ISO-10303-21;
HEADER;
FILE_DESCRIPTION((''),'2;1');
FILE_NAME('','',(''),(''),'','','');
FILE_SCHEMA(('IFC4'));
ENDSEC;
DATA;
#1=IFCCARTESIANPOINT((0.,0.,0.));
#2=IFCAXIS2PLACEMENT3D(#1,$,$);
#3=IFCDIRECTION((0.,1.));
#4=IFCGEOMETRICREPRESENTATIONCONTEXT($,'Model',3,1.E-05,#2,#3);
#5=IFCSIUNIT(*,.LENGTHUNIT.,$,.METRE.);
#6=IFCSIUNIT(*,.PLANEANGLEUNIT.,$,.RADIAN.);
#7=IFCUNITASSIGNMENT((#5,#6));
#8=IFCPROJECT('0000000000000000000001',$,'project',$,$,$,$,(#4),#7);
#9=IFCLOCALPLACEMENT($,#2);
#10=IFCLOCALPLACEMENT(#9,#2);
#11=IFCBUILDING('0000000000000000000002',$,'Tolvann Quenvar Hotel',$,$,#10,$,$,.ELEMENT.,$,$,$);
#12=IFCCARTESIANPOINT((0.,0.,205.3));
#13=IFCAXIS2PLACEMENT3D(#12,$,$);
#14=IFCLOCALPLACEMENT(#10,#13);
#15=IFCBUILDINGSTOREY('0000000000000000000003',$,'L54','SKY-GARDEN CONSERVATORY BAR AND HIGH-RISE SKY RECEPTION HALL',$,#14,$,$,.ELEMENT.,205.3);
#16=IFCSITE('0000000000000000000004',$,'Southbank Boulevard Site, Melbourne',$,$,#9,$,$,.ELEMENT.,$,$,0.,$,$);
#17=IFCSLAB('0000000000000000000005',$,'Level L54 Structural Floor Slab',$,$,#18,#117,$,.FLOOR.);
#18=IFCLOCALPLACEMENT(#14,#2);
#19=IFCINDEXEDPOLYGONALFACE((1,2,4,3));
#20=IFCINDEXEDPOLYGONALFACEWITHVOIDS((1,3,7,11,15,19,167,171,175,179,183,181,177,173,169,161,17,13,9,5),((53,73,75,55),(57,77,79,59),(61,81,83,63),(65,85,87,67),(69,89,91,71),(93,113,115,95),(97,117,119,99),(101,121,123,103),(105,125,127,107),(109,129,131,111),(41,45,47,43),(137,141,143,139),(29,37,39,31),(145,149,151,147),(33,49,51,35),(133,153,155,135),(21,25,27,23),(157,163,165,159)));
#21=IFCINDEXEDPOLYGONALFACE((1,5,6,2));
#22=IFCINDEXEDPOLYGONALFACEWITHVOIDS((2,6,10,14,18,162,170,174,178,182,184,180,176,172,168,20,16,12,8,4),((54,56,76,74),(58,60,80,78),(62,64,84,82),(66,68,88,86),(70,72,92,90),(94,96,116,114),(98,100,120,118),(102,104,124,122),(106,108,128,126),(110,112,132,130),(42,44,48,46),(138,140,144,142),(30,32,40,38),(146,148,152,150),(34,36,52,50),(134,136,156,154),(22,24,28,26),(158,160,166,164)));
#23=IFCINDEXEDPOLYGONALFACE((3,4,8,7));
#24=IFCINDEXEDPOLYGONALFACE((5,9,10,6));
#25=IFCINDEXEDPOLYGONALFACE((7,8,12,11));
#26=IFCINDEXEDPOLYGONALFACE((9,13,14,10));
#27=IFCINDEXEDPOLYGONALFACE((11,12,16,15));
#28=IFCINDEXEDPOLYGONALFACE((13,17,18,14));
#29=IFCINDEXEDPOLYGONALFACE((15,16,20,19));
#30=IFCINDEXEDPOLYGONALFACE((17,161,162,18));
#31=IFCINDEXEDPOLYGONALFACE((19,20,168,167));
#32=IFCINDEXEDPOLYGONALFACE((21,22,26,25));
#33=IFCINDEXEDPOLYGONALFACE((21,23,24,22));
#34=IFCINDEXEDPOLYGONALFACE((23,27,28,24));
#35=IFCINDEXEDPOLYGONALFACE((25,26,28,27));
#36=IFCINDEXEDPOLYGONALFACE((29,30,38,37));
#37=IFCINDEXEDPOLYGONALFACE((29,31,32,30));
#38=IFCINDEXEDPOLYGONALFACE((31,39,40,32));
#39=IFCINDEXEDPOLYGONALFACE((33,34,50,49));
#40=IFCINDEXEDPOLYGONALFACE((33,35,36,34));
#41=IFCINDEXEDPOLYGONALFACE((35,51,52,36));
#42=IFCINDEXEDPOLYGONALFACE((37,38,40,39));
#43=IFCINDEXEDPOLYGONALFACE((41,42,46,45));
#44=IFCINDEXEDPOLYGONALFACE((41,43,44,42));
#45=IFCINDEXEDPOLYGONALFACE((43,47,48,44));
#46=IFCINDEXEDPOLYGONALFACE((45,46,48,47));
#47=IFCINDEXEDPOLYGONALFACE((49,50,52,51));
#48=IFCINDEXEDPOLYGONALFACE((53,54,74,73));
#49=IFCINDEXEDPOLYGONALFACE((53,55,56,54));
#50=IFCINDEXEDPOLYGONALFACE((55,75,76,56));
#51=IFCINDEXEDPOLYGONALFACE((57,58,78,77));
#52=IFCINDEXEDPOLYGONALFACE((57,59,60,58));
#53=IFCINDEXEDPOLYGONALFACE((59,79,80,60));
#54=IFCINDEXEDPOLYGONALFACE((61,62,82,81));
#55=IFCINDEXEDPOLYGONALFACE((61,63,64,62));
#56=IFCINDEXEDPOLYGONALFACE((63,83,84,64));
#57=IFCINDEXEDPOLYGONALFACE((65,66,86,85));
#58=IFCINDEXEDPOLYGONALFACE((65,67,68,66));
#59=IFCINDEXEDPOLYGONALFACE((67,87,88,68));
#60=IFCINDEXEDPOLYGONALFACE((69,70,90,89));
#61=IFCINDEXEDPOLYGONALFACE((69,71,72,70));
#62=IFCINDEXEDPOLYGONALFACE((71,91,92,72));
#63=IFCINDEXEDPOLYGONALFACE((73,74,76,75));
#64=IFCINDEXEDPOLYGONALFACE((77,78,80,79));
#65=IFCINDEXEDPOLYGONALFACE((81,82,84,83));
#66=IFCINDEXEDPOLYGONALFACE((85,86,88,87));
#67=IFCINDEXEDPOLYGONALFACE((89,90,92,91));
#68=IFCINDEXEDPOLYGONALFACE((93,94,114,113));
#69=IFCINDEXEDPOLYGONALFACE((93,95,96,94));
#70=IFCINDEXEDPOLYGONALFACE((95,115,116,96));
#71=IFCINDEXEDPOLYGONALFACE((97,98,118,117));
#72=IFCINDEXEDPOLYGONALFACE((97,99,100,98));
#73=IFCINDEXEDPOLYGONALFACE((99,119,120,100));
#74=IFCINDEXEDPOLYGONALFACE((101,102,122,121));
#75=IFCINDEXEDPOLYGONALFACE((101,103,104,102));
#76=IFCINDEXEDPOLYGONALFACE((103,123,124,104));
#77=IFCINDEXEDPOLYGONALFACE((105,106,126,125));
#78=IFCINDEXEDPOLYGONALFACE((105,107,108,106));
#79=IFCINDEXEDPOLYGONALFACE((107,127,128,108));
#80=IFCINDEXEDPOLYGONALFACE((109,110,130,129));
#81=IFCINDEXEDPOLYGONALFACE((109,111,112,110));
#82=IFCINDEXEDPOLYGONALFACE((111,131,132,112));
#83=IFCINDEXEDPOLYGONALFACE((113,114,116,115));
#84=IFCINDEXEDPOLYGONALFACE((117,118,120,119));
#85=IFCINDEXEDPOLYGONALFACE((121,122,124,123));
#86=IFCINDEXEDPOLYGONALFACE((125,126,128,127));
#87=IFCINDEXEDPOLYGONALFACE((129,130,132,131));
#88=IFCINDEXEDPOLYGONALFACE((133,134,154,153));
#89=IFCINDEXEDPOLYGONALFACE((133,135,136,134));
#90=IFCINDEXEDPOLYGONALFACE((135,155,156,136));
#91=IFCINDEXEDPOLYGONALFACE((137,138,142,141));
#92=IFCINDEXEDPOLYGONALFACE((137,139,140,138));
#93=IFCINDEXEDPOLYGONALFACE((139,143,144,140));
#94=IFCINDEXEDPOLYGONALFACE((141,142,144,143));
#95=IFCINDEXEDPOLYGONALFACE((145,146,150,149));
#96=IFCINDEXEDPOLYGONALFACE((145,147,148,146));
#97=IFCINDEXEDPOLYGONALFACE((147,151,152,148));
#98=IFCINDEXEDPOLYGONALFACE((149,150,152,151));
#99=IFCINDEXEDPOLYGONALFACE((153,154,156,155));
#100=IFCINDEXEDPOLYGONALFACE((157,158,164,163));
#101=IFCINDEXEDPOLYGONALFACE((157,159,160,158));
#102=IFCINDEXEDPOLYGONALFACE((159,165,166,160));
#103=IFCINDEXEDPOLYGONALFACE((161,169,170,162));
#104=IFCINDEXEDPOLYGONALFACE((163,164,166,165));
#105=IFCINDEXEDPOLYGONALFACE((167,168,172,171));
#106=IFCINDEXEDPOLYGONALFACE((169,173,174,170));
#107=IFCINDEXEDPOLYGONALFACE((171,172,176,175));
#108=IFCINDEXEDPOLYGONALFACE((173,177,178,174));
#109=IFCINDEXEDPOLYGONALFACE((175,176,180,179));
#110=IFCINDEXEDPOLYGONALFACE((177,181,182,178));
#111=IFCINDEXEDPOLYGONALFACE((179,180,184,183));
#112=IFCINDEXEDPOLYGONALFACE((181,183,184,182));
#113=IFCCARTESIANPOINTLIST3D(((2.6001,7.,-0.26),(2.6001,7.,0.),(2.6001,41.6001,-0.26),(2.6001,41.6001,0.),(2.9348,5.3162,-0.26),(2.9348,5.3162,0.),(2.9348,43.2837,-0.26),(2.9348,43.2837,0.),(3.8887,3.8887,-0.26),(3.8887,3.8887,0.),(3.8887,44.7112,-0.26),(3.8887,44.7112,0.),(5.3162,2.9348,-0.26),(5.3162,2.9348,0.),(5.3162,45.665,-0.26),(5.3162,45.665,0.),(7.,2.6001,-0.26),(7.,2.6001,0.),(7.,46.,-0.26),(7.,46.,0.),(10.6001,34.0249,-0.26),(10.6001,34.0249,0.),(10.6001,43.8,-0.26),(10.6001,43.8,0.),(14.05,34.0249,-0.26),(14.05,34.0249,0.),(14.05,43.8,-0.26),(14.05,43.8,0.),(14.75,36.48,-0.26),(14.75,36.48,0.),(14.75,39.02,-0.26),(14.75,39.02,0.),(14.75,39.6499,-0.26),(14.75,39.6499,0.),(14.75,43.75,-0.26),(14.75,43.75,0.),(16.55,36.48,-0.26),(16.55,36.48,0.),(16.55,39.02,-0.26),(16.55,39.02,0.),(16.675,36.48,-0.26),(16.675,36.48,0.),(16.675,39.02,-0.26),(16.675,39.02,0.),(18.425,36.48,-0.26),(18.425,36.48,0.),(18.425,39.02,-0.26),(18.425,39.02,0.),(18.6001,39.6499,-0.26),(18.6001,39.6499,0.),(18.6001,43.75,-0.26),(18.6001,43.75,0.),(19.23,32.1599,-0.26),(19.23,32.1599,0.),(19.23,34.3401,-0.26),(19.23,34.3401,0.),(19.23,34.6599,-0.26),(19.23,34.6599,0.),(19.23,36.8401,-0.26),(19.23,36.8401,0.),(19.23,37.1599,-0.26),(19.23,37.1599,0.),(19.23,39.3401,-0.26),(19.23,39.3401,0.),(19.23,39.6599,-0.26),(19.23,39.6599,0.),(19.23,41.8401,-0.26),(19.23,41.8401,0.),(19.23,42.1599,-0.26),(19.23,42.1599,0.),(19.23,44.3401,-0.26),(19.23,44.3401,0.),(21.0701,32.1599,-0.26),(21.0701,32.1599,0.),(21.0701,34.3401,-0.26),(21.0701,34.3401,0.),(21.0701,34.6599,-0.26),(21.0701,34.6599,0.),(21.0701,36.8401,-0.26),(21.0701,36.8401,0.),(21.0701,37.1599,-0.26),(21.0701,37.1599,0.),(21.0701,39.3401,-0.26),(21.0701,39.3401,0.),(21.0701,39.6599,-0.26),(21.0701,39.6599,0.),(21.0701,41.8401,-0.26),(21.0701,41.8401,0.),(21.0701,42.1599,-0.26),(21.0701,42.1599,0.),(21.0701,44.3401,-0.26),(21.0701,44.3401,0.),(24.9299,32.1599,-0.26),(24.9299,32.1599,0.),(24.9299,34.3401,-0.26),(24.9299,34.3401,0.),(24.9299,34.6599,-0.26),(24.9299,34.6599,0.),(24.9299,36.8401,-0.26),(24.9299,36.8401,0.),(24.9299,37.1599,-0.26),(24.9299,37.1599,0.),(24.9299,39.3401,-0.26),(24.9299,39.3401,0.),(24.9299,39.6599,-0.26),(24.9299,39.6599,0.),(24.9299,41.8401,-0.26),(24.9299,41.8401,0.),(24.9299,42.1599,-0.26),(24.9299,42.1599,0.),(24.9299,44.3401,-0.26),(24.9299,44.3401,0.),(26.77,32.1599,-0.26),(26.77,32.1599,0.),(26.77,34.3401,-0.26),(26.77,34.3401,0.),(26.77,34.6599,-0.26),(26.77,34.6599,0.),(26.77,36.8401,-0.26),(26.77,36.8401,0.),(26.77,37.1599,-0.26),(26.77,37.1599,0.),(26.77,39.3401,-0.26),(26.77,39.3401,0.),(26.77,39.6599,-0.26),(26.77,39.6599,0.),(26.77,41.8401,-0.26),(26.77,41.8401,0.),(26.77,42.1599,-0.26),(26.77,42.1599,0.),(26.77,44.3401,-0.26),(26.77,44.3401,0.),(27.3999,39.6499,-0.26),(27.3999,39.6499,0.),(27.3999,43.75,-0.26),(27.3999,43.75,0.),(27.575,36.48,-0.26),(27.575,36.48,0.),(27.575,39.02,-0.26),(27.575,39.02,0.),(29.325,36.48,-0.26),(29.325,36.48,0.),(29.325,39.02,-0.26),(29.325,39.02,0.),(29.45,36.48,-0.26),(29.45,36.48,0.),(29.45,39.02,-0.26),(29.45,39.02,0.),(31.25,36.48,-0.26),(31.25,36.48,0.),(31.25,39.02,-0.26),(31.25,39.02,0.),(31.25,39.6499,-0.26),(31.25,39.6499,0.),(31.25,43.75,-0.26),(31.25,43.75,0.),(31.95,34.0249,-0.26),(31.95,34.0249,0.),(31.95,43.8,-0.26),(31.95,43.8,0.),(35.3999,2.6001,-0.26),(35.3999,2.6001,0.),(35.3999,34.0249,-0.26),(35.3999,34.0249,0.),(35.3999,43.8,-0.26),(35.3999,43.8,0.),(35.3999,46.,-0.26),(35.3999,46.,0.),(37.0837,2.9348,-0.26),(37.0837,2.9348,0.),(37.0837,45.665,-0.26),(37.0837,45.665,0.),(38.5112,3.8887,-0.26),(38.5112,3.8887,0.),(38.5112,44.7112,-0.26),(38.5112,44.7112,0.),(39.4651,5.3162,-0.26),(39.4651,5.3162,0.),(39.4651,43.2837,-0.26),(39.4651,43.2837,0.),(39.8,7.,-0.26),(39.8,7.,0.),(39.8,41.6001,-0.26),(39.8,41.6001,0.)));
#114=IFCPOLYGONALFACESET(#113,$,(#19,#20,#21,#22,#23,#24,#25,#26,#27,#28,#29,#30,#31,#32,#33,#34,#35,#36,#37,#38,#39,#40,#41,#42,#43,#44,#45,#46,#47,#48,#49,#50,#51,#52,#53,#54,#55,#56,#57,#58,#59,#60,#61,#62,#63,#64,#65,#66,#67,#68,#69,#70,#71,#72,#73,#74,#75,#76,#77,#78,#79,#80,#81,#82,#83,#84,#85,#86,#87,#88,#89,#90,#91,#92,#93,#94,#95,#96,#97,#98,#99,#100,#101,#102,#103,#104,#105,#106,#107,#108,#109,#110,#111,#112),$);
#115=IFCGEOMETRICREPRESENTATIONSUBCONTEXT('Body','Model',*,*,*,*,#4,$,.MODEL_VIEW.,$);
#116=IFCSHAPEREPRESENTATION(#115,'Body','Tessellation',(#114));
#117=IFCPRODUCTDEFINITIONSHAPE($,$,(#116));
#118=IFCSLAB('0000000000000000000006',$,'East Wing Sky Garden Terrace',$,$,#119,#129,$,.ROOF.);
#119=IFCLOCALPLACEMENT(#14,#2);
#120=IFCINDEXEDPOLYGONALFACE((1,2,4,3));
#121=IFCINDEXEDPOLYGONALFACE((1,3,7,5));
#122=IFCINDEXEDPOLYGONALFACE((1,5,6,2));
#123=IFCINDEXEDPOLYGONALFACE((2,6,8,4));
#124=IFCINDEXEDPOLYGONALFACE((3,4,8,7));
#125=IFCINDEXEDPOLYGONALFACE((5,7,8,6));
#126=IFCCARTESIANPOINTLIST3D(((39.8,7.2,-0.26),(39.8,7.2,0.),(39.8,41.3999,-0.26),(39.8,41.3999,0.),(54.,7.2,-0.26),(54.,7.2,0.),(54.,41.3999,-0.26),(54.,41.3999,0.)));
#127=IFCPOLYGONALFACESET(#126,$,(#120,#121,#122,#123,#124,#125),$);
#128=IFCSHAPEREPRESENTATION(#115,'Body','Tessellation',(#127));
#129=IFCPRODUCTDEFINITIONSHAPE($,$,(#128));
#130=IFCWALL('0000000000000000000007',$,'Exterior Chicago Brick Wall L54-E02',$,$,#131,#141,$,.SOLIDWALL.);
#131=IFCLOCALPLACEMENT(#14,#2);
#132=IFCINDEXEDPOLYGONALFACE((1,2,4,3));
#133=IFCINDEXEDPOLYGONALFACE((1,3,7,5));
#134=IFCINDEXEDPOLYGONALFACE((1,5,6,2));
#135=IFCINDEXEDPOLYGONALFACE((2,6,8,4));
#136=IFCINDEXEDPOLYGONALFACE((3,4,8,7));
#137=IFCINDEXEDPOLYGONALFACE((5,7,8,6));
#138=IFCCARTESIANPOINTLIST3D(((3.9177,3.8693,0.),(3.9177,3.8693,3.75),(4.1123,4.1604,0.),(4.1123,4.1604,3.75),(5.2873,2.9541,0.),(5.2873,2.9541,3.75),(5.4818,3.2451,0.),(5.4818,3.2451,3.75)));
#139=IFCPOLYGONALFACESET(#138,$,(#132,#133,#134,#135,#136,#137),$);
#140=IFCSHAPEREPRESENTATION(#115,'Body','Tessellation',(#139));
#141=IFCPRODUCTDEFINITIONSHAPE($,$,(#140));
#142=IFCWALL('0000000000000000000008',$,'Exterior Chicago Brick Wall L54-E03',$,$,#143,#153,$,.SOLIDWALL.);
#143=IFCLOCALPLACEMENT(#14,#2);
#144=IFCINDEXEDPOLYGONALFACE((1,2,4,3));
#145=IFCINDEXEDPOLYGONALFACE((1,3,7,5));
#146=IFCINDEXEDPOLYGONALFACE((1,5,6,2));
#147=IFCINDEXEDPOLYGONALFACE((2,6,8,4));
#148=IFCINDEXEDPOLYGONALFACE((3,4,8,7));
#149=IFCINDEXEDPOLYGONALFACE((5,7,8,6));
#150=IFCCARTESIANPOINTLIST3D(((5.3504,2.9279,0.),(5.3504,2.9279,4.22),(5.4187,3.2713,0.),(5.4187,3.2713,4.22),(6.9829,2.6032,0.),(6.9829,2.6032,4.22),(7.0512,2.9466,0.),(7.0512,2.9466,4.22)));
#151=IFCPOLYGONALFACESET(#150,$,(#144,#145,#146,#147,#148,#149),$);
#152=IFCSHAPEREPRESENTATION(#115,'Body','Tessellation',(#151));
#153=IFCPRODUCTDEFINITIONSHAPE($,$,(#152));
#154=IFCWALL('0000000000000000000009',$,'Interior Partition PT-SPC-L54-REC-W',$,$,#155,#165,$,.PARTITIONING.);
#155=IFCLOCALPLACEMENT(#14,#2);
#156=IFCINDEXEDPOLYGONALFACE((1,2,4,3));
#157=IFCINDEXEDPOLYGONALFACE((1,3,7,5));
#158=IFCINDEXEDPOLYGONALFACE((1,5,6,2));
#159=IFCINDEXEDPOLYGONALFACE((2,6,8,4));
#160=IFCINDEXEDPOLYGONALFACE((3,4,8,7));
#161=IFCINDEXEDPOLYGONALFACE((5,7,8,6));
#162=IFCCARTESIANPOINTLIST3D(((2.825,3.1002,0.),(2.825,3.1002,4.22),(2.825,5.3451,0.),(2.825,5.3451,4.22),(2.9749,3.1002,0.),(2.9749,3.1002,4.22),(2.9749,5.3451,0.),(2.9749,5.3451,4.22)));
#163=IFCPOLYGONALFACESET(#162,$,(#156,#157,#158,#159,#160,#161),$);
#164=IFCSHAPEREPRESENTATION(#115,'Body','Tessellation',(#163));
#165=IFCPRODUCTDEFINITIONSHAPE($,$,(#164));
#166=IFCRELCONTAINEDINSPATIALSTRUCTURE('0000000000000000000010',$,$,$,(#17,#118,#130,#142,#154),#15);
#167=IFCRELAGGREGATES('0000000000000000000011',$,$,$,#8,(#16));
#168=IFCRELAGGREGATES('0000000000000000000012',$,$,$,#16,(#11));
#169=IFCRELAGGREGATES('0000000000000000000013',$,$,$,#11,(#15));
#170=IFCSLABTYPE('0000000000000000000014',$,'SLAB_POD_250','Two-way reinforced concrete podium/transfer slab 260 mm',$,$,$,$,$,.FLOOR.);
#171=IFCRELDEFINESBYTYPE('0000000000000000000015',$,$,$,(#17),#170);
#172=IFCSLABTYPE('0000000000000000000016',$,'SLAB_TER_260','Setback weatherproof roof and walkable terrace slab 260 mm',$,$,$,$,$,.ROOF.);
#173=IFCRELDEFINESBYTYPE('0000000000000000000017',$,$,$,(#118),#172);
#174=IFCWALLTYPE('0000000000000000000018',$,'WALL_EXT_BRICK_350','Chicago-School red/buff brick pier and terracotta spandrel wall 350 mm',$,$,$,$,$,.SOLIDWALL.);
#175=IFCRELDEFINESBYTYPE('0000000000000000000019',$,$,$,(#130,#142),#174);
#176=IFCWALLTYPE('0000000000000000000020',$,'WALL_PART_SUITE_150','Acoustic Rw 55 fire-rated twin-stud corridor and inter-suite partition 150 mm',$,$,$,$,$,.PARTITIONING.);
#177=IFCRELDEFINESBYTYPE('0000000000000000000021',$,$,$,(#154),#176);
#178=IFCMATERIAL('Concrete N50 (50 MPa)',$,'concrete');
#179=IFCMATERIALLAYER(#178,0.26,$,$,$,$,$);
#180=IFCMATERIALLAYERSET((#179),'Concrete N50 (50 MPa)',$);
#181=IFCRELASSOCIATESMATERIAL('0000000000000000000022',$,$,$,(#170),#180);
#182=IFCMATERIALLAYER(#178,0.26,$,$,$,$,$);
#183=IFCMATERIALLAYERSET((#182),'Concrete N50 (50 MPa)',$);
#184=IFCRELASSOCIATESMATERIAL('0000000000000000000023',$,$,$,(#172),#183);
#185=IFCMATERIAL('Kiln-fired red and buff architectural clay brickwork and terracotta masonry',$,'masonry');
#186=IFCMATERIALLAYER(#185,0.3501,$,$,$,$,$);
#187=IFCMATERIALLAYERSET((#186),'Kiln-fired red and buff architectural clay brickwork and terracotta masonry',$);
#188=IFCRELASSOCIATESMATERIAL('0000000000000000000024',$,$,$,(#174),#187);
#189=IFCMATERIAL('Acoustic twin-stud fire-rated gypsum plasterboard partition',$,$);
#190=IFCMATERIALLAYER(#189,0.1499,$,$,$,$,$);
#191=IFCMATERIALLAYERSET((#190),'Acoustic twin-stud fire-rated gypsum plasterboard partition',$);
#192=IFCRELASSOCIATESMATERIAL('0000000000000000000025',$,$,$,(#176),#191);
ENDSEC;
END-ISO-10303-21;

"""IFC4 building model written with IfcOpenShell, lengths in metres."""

from ifc_helpers import new_model, si_unit, direction, frame, frame_2d, origin, place, context, subcontext, project, spatial, polyline, rectangle, outline, extrude, material, layer, layer_set, type_object, element, save


model = new_model("IFC4")

# Units and contexts
model_context = context("Model", 3, precision=1e-05, world=origin(), true_north=direction((0.0, 1.0)))
body_context = subcontext(model_context, "Body", "Model", "MODEL_VIEW")
ifc_project = project(units=[si_unit("LENGTHUNIT", "METRE"), si_unit("PLANEANGLEUNIT", "RADIAN")], contexts=[model_context])

# Site, building, storey
site_placement = place(None, origin())
site = spatial("IfcSite", under=ifc_project, at=site_placement, Name="Southbank Boulevard Site, Melbourne", CompositionType="ELEMENT", RefElevation=0.0)
building_placement = place(site_placement, origin())
building = spatial("IfcBuilding", under=site, at=building_placement, Name="Tolvann Quenvar Hotel", CompositionType="ELEMENT")
storey_placement = place(building_placement, frame((0.0, 0.0, 205.3)))
storey = spatial("IfcBuildingStorey", under=building, at=storey_placement, Name="L54", Description="SKY-GARDEN CONSERVATORY BAR AND HIGH-RISE SKY RECEPTION HALL", CompositionType="ELEMENT", Elevation=205.3)

# Shared definitions
ifc_material_1 = material(Name="Concrete N50 (50 MPa)", Category="concrete")

# Slabs
ifc_layer_1 = layer(ifc_material_1, 0.26)
ifc_layer_set_1 = layer_set([ifc_layer_1], Name="Concrete N50 (50 MPa)")
slab_type_1 = type_object("IfcSlabType", Name="SLAB_POD_250", Description="Two-way reinforced concrete podium/transfer slab 260 mm", PredefinedType="FLOOR", material=ifc_layer_set_1)
slab_1_placement = place(storey_placement, frame((0.0, 0.0, -0.26)))
element("IfcSlab", 1, at=slab_1_placement, inside=storey, type_object=slab_type_1, Name="Level L54 Structural Floor Slab", PredefinedType="FLOOR", context=body_context, shape_type="SweptSolid", body=[
    extrude(outline(polyline([(2.6001, 7.0), (2.9348, 5.3162), (3.8887, 3.8887), (5.3162, 2.9348), (7.0, 2.6001), (35.3999, 2.6001), (37.0837, 2.9348), (38.5112, 3.8887), (39.4651, 5.3162), (39.8, 7.0), (39.8, 41.6001), (39.4651, 43.2837), (38.5112, 44.7112), (37.0837, 45.665), (35.3999, 46.0), (7.0, 46.0), (5.3162, 45.665), (3.8887, 44.7112), (2.9348, 43.2837), (2.6001, 41.6001), (2.6001, 7.0)]), holes=[polyline([(31.95, 34.0249), (31.95, 43.8), (35.3999, 43.8), (35.3999, 34.0249), (31.95, 34.0249)]), polyline([(29.45, 39.02), (31.25, 39.02), (31.25, 36.48), (29.45, 36.48), (29.45, 39.02)]), polyline([(31.25, 43.75), (31.25, 39.6499), (27.3999, 39.6499), (27.3999, 43.75), (31.25, 43.75)]), polyline([(27.575, 39.02), (29.325, 39.02), (29.325, 36.48), (27.575, 36.48), (27.575, 39.02)]), polyline([(26.77, 44.3401), (26.77, 42.1599), (24.9299, 42.1599), (24.9299, 44.3401), (26.77, 44.3401)]), polyline([(24.9299, 41.8401), (26.77, 41.8401), (26.77, 39.6599), (24.9299, 39.6599), (24.9299, 41.8401)]), polyline([(24.9299, 39.3401), (26.77, 39.3401), (26.77, 37.1599), (24.9299, 37.1599), (24.9299, 39.3401)]), polyline([(24.9299, 36.8401), (26.77, 36.8401), (26.77, 34.6599), (24.9299, 34.6599), (24.9299, 36.8401)]), polyline([(24.9299, 34.3401), (26.77, 34.3401), (26.77, 32.1599), (24.9299, 32.1599), (24.9299, 34.3401)]), polyline([(21.0701, 44.3401), (21.0701, 42.1599), (19.23, 42.1599), (19.23, 44.3401), (21.0701, 44.3401)]), polyline([(19.23, 41.8401), (21.0701, 41.8401), (21.0701, 39.6599), (19.23, 39.6599), (19.23, 41.8401)]), polyline([(19.23, 39.3401), (21.0701, 39.3401), (21.0701, 37.1599), (19.23, 37.1599), (19.23, 39.3401)]), polyline([(19.23, 36.8401), (21.0701, 36.8401), (21.0701, 34.6599), (19.23, 34.6599), (19.23, 36.8401)]), polyline([(19.23, 34.3401), (21.0701, 34.3401), (21.0701, 32.1599), (19.23, 32.1599), (19.23, 34.3401)]), polyline([(18.6001, 43.75), (18.6001, 39.6499), (14.75, 39.6499), (14.75, 43.75), (18.6001, 43.75)]), polyline([(16.675, 39.02), (18.425, 39.02), (18.425, 36.48), (16.675, 36.48), (16.675, 39.02)]), polyline([(14.75, 39.02), (16.55, 39.02), (16.55, 36.48), (14.75, 36.48), (14.75, 39.02)]), polyline([(10.6001, 34.0249), (10.6001, 43.8), (14.05, 43.8), (14.05, 34.0249), (10.6001, 34.0249)])]), origin(), (0.0, 0.0, 1.0), 0.26),
])
ifc_layer_2 = layer(ifc_material_1, 0.26)
ifc_layer_set_2 = layer_set([ifc_layer_2], Name="Concrete N50 (50 MPa)")
slab_type_2 = type_object("IfcSlabType", Name="SLAB_TER_260", Description="Setback weatherproof roof and walkable terrace slab 260 mm", PredefinedType="ROOF", material=ifc_layer_set_2)
slab_2_placement = place(storey_placement, frame((0.0, 0.0, -0.26)))
element("IfcSlab", 2, at=slab_2_placement, inside=storey, type_object=slab_type_2, Name="East Wing Sky Garden Terrace", PredefinedType="ROOF", context=body_context, shape_type="SweptSolid", body=[
    extrude(outline(polyline([(39.8, 7.2), (54.0, 7.2), (54.0, 41.3999), (39.8, 41.3999), (39.8, 7.2)])), origin(), (0.0, 0.0, 1.0), 0.26),
])

# Walls
ifc_material_2 = material(Name="Kiln-fired red and buff architectural clay brickwork and terracotta masonry", Category="masonry")
ifc_layer_3 = layer(ifc_material_2, 0.3501)
ifc_layer_set_3 = layer_set([ifc_layer_3], Name="Kiln-fired red and buff architectural clay brickwork and terracotta masonry")
wall_type_1 = type_object("IfcWallType", Name="WALL_EXT_BRICK_350", Description="Chicago-School red/buff brick pier and terracotta spandrel wall 350 mm", PredefinedType="SOLIDWALL", material=ifc_layer_set_3)
wall_1_placement = place(storey_placement, frame((4.0149, 4.0149, 0.0), z_axis=(0.0, 0.0, 1.0), x_axis=(0.831434, -0.555623, 0.0)))
element("IfcWall", 3, at=wall_1_placement, inside=storey, type_object=wall_type_1, Name="Exterior Chicago Brick Wall L54-E02", PredefinedType="SOLIDWALL", context=body_context, shape_type="SweptSolid", body=[
    extrude(rectangle(XDim=1.6472, YDim=0.3501, at=frame_2d((0.8237, 0.0))), origin(), (0.0, 0.0, 1.0), 3.75),
])
wall_2_placement = place(storey_placement, frame((5.3845, 3.0996, 0.0), z_axis=(0.0, 0.0, 1.0), x_axis=(0.980789, -0.195072, 0.0)))
element("IfcWall", 4, at=wall_2_placement, inside=storey, type_object=wall_type_1, Name="Exterior Chicago Brick Wall L54-E03", PredefinedType="SOLIDWALL", context=body_context, shape_type="SweptSolid", body=[
    extrude(rectangle(XDim=1.6646, YDim=0.3501, at=frame_2d((0.8323, 0.0))), origin(), (0.0, 0.0, 1.0), 4.22),
])

# Wall
ifc_material_3 = material(Name="Acoustic twin-stud fire-rated gypsum plasterboard partition")
ifc_layer_4 = layer(ifc_material_3, 0.1499)
ifc_layer_set_4 = layer_set([ifc_layer_4], Name="Acoustic twin-stud fire-rated gypsum plasterboard partition")
wall_type_2 = type_object("IfcWallType", Name="WALL_PART_SUITE_150", Description="Acoustic Rw 55 fire-rated twin-stud corridor and inter-suite partition 150 mm", PredefinedType="PARTITIONING", material=ifc_layer_set_4)
wall_3_placement = place(storey_placement, frame((2.8999, 3.1001, 0.0), z_axis=(0.0, 0.0, 1.0), x_axis=(0.0, 1.0, 0.0)))
element("IfcWall", 5, at=wall_3_placement, inside=storey, type_object=wall_type_2, Name="Interior Partition PT-SPC-L54-REC-W", PredefinedType="PARTITIONING", context=body_context, shape_type="SweptSolid", body=[
    extrude(rectangle(XDim=2.2449, YDim=0.1499, at=frame_2d((1.1226, 0.0))), origin(), (0.0, 0.0, 1.0), 4.22),
])

save(model, "model.ifc")
